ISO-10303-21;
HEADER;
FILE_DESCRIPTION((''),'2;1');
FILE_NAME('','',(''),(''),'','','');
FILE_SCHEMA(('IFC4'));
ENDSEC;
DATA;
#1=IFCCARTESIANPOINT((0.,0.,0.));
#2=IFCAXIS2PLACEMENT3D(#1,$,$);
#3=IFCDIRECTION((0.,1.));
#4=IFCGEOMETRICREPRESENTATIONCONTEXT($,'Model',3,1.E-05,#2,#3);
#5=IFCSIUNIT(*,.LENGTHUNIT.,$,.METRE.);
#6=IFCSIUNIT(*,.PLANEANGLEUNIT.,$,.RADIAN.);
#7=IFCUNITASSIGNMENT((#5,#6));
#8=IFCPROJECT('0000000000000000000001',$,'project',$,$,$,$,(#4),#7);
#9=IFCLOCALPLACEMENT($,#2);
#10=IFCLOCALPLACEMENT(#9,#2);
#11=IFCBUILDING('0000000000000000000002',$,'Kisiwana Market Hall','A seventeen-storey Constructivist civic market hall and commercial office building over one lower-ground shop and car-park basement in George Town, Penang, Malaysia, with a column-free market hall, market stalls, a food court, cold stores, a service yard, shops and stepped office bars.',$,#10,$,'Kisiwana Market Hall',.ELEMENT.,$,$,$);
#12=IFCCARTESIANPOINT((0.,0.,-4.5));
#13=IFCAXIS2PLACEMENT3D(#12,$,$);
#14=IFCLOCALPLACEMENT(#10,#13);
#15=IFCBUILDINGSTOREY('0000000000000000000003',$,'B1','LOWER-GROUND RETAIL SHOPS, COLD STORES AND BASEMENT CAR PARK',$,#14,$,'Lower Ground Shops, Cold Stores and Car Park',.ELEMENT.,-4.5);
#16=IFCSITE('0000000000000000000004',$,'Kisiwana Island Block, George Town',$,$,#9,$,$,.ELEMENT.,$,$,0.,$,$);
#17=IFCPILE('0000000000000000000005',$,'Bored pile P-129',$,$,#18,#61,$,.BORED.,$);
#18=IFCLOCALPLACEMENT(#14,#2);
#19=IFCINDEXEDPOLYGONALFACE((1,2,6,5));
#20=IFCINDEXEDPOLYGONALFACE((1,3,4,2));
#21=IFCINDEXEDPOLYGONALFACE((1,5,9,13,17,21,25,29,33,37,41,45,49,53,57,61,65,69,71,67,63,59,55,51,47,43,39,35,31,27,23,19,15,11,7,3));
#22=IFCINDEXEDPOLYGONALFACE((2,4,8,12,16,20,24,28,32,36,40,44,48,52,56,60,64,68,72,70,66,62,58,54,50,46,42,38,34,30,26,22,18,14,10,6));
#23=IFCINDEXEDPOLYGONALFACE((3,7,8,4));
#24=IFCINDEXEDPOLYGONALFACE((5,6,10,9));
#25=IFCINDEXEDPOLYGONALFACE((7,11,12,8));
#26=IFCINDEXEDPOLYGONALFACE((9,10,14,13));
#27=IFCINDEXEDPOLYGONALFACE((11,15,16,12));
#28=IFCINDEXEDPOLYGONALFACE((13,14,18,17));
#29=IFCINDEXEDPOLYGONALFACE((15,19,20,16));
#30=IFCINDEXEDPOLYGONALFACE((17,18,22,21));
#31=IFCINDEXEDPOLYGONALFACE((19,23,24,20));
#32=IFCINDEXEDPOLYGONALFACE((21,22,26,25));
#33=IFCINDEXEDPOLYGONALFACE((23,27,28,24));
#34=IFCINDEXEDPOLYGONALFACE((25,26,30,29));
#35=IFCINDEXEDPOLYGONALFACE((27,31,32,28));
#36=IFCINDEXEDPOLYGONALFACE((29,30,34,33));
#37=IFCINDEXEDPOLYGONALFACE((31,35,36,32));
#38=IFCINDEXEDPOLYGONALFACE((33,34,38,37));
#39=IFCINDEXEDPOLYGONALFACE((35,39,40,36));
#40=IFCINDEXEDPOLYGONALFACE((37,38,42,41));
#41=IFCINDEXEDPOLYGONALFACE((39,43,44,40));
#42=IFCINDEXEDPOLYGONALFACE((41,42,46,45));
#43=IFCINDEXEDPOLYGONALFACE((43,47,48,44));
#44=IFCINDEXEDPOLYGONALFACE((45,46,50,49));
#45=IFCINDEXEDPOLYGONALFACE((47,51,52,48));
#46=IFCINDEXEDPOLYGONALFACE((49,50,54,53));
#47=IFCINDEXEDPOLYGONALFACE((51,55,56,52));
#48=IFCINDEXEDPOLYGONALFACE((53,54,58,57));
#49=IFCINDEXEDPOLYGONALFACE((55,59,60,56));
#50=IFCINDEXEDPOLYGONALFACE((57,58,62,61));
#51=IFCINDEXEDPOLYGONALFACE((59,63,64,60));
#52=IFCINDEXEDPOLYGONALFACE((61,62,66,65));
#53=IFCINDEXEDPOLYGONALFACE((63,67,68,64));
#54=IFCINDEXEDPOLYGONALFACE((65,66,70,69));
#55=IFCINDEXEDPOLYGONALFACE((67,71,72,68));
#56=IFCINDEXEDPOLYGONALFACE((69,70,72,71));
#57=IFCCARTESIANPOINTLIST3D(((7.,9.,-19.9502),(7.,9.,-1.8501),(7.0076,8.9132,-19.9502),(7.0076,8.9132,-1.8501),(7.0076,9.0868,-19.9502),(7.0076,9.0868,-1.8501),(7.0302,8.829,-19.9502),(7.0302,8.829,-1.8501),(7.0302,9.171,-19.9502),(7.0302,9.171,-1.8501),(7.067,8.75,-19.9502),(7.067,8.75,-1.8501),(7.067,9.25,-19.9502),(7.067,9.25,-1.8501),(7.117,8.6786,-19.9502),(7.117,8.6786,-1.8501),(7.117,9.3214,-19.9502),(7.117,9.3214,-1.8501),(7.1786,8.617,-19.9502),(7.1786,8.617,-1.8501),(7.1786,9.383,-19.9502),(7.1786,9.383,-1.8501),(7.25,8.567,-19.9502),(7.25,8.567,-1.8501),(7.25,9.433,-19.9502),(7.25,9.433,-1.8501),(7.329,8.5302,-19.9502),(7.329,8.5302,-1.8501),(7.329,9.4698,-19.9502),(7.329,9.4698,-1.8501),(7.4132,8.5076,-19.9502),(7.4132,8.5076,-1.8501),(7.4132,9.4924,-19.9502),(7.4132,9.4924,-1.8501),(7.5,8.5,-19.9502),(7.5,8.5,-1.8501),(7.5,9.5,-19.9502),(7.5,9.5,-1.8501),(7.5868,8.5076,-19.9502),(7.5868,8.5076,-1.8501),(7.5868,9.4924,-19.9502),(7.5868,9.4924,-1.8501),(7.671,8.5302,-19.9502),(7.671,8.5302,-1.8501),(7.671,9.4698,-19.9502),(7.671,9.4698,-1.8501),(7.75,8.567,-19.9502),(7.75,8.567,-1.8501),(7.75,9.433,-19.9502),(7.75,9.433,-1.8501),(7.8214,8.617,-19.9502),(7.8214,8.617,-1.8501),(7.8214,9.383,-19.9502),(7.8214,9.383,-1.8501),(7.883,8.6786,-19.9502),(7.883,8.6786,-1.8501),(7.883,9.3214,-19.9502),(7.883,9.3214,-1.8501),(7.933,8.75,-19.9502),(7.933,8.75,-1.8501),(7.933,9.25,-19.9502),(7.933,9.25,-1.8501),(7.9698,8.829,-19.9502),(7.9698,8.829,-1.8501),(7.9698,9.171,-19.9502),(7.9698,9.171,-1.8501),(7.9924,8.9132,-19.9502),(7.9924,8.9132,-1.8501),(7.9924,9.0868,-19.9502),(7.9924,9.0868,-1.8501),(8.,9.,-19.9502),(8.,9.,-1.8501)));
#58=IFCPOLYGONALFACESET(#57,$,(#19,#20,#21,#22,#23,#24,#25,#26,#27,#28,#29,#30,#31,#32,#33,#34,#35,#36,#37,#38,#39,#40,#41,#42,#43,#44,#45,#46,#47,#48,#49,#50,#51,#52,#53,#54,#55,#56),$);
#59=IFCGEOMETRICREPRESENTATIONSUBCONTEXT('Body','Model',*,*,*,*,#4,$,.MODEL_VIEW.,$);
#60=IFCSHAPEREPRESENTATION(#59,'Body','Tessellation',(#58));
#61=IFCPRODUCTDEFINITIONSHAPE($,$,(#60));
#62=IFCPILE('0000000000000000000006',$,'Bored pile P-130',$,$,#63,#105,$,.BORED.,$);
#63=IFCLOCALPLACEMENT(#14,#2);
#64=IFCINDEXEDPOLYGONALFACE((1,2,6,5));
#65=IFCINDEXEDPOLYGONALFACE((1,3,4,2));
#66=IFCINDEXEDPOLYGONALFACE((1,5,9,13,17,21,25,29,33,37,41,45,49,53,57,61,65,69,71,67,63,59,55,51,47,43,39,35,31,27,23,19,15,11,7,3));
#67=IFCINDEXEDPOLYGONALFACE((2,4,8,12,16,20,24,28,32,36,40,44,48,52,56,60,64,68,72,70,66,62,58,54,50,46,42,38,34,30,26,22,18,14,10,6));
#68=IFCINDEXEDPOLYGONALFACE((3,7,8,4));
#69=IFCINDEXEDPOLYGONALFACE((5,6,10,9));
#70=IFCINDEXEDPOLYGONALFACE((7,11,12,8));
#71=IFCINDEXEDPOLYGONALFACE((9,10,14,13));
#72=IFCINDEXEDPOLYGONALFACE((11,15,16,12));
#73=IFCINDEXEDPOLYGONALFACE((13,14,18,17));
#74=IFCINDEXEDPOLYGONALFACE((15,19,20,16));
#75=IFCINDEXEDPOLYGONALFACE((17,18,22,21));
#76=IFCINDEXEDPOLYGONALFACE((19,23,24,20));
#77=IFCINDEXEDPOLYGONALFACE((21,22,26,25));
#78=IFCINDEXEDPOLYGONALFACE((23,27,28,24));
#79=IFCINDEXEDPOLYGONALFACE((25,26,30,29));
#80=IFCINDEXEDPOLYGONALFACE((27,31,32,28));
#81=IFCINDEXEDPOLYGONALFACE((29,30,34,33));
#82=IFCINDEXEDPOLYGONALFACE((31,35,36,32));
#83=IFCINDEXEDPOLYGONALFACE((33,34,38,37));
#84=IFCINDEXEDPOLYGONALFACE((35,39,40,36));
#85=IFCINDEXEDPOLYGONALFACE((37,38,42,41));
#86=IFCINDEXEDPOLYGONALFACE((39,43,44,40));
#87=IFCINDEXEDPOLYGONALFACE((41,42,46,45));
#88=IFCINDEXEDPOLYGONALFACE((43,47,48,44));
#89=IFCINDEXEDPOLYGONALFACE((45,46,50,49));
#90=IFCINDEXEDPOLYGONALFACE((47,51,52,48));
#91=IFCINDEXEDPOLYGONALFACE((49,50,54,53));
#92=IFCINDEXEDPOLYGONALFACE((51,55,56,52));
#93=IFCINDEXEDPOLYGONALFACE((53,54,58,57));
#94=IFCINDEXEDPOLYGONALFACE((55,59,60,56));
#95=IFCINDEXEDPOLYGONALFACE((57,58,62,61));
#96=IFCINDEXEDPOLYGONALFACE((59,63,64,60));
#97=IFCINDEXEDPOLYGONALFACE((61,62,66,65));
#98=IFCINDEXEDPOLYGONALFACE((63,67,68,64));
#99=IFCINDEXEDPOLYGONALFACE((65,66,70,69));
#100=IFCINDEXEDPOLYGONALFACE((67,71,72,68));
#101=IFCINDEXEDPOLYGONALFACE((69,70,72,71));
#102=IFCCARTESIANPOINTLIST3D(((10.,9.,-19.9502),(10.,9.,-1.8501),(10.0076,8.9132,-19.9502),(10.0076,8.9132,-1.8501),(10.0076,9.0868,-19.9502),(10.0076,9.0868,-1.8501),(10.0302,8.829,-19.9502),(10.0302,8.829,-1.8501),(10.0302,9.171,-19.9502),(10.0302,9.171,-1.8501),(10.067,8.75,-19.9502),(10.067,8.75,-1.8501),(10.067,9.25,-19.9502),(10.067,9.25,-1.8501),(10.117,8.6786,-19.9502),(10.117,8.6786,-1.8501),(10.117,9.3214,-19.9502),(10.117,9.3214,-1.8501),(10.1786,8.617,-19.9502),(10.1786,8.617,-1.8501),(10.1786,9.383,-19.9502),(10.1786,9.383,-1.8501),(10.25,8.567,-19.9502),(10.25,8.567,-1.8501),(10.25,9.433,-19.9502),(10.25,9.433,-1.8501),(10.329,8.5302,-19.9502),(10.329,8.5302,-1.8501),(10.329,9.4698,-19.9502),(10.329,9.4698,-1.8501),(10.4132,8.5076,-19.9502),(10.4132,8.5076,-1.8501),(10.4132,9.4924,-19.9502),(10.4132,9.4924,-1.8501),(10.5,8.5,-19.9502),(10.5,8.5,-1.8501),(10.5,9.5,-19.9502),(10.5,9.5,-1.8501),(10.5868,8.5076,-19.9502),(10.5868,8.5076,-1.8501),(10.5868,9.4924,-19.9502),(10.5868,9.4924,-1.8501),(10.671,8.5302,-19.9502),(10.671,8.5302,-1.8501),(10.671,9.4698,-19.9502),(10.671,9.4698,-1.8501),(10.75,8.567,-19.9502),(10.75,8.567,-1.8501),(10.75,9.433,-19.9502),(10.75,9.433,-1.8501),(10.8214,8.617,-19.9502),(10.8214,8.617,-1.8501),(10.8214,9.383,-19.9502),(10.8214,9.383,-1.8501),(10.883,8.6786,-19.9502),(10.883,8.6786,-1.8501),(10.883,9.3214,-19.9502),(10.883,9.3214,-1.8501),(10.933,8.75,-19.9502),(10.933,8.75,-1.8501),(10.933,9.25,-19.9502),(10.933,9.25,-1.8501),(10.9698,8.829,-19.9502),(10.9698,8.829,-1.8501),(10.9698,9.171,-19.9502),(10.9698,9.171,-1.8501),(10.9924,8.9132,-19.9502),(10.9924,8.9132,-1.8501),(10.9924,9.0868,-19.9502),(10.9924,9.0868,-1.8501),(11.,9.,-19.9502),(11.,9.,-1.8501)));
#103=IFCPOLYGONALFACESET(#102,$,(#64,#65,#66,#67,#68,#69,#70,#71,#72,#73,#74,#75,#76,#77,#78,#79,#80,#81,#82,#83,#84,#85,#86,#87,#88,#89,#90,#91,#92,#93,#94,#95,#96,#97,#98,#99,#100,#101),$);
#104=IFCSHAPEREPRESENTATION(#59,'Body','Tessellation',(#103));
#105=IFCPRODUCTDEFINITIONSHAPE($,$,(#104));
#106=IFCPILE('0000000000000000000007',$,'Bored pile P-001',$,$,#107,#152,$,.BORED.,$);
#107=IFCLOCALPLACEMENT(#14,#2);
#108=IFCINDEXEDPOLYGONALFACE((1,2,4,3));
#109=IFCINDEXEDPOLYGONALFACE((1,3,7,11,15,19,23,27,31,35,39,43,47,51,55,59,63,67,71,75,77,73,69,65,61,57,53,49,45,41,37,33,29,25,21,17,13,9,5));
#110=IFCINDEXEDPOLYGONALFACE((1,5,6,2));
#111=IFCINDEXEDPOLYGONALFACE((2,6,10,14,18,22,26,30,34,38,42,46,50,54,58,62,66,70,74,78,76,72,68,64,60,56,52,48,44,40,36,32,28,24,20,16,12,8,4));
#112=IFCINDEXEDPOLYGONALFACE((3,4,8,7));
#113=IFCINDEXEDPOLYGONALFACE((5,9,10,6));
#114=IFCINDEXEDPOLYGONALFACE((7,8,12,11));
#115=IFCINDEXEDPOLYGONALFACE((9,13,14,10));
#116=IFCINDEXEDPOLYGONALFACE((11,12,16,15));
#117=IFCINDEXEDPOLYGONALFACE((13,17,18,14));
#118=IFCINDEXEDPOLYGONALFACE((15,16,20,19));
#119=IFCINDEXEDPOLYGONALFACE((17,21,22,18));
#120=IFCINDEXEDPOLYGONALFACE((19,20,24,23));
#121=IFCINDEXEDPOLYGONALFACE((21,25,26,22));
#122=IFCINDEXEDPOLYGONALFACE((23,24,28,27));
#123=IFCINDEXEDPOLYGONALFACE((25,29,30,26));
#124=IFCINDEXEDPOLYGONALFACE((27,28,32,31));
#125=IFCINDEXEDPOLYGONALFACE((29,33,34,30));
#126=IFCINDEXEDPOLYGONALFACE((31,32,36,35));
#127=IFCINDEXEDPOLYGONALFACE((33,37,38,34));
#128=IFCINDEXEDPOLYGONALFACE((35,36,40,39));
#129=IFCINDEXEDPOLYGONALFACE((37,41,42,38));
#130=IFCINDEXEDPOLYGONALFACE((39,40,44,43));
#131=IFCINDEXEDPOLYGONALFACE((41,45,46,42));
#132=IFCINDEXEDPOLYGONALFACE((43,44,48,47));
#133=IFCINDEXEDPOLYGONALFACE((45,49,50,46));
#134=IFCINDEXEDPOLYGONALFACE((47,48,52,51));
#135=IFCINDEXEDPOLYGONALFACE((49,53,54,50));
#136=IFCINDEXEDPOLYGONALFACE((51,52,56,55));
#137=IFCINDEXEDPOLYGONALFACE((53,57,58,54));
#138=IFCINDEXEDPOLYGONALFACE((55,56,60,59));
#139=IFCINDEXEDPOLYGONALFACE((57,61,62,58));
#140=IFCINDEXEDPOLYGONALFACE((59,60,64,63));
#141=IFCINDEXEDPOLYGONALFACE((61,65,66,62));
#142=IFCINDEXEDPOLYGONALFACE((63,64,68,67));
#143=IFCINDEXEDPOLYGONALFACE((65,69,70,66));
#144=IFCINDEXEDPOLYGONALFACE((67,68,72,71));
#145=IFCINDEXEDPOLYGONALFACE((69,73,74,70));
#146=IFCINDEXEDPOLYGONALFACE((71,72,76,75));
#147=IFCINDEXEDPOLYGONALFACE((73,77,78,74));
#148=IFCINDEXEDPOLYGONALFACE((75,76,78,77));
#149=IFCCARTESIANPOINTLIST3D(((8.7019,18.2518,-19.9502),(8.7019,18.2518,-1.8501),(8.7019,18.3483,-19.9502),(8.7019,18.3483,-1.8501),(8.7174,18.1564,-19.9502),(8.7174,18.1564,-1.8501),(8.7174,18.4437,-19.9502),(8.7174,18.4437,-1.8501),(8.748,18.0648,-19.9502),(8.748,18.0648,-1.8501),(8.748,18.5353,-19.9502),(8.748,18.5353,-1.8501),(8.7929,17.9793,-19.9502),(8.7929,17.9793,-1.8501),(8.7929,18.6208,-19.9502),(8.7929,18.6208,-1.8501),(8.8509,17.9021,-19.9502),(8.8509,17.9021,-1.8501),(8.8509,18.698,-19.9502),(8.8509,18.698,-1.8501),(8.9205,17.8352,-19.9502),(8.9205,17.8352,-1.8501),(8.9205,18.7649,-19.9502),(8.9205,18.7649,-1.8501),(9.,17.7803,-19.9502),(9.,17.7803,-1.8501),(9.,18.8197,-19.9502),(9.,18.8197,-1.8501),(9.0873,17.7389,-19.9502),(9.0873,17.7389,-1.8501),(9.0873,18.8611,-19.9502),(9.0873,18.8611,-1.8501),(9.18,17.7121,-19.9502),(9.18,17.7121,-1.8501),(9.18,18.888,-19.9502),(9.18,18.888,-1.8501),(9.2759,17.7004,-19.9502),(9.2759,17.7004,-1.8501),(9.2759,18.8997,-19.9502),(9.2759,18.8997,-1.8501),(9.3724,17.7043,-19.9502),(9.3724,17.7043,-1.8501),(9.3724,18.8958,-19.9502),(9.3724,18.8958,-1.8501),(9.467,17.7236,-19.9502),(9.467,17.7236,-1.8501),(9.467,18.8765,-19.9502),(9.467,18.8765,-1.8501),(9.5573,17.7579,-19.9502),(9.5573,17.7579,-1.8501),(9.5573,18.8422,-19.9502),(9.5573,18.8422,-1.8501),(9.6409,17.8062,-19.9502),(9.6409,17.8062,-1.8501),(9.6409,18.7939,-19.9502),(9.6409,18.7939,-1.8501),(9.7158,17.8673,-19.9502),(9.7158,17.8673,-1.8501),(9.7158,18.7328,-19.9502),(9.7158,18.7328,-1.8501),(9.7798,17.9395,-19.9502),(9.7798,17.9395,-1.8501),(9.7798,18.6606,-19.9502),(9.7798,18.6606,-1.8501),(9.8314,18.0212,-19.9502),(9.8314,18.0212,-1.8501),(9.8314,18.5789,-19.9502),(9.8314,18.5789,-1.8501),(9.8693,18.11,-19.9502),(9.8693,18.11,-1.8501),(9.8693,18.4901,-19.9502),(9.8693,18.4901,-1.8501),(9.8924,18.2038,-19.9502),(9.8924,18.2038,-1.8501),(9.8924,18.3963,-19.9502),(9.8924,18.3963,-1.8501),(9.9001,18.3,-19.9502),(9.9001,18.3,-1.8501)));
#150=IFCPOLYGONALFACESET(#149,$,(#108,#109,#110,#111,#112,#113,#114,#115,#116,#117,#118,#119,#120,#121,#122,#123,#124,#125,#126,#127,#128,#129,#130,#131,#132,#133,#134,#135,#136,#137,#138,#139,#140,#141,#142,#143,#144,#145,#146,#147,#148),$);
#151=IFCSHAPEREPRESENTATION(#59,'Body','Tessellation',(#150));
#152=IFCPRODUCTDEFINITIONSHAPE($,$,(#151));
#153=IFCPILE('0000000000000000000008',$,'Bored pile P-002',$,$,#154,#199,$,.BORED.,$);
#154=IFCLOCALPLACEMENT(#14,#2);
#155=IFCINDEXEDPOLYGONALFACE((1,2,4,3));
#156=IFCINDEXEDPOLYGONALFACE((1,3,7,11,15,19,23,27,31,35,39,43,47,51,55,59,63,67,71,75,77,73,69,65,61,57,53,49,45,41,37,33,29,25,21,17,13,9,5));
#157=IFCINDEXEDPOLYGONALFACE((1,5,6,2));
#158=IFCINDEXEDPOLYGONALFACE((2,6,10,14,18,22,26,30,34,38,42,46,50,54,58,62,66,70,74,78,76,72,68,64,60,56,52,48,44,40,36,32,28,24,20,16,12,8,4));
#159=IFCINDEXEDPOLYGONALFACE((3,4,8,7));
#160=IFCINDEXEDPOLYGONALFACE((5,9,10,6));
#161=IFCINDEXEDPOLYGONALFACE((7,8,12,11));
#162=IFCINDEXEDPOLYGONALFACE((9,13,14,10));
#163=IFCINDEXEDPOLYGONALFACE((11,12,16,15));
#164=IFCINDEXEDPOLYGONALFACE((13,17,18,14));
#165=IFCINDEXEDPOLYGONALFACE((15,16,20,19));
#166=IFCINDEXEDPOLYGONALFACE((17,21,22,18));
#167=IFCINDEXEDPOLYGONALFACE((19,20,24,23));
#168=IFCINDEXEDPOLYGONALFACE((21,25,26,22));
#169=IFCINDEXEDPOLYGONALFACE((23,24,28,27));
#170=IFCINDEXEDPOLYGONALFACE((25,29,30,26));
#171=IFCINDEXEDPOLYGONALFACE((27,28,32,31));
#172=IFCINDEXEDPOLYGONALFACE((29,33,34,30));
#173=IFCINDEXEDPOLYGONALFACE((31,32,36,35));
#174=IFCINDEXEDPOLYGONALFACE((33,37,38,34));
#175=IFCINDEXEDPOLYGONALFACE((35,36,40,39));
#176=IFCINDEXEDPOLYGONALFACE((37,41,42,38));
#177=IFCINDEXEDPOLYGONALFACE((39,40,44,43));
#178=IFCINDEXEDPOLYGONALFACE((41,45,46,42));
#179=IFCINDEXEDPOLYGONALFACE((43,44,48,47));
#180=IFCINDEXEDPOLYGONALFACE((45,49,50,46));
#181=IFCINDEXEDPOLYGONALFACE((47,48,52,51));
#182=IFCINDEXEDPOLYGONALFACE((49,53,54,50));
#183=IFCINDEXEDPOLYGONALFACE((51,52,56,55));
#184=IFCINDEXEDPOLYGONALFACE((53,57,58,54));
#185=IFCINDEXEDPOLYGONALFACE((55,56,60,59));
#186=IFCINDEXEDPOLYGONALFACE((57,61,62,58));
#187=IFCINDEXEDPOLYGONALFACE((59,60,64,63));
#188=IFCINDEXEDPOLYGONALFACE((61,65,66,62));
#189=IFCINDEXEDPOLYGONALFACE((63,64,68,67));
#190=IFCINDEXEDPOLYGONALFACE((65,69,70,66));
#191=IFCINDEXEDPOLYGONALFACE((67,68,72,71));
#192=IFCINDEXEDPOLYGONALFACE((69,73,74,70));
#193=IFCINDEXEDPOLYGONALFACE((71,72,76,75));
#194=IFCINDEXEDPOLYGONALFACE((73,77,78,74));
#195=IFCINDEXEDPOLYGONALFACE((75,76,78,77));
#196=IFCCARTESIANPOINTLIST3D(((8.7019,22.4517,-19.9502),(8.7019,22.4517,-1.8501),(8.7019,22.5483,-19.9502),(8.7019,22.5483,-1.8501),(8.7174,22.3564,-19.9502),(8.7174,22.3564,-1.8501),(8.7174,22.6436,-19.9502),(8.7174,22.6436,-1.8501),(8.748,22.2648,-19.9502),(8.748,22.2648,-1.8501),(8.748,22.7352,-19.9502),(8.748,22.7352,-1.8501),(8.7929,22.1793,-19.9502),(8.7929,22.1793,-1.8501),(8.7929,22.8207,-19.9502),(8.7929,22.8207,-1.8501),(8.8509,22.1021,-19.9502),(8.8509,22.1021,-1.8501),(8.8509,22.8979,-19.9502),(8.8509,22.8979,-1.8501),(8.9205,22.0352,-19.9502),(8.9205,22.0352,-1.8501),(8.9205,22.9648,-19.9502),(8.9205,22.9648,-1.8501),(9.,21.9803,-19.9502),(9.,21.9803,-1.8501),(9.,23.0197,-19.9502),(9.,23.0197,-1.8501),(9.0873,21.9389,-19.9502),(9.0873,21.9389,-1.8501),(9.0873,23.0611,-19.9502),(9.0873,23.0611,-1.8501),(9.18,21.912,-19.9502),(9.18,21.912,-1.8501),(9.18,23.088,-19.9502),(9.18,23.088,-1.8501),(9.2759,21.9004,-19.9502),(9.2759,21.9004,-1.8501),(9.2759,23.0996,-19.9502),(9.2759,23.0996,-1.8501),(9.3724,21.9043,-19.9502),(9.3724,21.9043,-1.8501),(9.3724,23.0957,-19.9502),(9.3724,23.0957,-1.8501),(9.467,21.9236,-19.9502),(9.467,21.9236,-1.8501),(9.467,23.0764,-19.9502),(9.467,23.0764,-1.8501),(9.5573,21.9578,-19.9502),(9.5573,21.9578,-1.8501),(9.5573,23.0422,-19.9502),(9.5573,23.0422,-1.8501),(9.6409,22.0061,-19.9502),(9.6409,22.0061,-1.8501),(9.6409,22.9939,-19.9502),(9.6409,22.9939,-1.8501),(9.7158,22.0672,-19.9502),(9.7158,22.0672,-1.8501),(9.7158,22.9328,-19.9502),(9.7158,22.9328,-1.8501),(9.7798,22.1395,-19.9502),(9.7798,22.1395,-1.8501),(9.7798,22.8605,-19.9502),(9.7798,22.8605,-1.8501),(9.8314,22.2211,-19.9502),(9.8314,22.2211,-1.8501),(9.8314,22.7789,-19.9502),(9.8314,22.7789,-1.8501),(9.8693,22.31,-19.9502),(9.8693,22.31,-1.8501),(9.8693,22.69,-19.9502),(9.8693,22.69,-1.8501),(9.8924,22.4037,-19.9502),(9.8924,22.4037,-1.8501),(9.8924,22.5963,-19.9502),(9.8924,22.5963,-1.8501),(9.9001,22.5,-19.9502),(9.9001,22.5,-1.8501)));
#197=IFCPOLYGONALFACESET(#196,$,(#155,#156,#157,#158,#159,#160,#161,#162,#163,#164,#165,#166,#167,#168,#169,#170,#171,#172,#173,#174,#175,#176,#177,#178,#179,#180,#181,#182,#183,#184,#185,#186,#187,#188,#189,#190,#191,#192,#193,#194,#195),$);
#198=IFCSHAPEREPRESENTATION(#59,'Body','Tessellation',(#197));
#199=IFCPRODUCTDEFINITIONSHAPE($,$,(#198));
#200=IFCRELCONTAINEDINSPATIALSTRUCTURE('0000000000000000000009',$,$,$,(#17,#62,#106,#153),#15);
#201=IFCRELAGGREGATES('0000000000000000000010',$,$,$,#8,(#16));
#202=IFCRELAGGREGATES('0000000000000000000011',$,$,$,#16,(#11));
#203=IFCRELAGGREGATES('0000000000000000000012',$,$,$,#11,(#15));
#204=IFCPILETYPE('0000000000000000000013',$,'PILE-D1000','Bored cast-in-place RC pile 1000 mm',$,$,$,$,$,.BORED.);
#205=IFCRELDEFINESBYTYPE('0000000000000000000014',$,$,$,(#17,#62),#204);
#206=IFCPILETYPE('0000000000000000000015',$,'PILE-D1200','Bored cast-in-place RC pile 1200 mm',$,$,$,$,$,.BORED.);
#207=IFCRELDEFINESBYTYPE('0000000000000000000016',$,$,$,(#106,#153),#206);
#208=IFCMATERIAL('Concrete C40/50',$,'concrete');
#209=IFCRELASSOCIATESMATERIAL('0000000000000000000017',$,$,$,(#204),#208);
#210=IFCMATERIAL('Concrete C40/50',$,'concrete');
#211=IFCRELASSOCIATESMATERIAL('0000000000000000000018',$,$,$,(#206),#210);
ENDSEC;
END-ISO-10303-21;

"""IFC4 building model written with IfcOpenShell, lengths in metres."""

from ifc_helpers import new_model, si_unit, direction, frame, origin, origin_2d, place, context, subcontext, project, spatial, circle, extrude, material, material_profile, profile_set, type_object, element, save


model = new_model("IFC4")

# Units and contexts
model_context = context("Model", 3, precision=1e-05, world=origin(), true_north=direction((0.0, 1.0)))
body_context = subcontext(model_context, "Body", "Model", "MODEL_VIEW")
ifc_project = project(units=[si_unit("LENGTHUNIT", "METRE"), si_unit("PLANEANGLEUNIT", "RADIAN")], contexts=[model_context])

# Site, building, storey
site_placement = place(None, origin())
site = spatial("IfcSite", under=ifc_project, at=site_placement, Name="Kisiwana Island Block, George Town", CompositionType="ELEMENT", RefElevation=0.0)
building_placement = place(site_placement, origin())
building = spatial("IfcBuilding", under=site, at=building_placement, Name="Kisiwana Market Hall", Description="A seventeen-storey Constructivist civic market hall and commercial office building over one lower-ground shop and car-park basement in George Town, Penang, Malaysia, with a column-free market hall, market stalls, a food court, cold stores, a service yard, shops and stepped office bars.", LongName="Kisiwana Market Hall", CompositionType="ELEMENT")
storey_placement = place(building_placement, frame((0.0, 0.0, -4.5)))
storey = spatial("IfcBuildingStorey", under=building, at=storey_placement, Name="B1", Description="LOWER-GROUND RETAIL SHOPS, COLD STORES AND BASEMENT CAR PARK", LongName="Lower Ground Shops, Cold Stores and Car Park", CompositionType="ELEMENT", Elevation=-4.5)

# Piles
ifc_material_1 = material(Name="Concrete C40/50", Category="concrete")
ifc_material_profile_1 = material_profile(ifc_material_1, circle(Radius=0.5, at=origin_2d()), Name="BP D1000")
ifc_profile_set_1 = profile_set([ifc_material_profile_1], Name="Concrete C40/50")
pile_type_1 = type_object("IfcPileType", Name="PILE-D1000", Description="Bored cast-in-place RC pile 1000 mm", PredefinedType="BORED", material=ifc_profile_set_1)
for number, where, z_axis, x_axis, name in (
    (1, (7.5, 9.0, -1.8501), (0.0, 0.0, -1.0), (1.0, 0.0, 0.0), "Bored pile P-129"),
    (2, (10.5, 9.0, -1.8501), (0.0, 0.0, -1.0), (1.0, 0.0, 0.0), "Bored pile P-130"),
):
    element("IfcPile", number, at=place(storey_placement, frame(where, z_axis=z_axis, x_axis=x_axis)), inside=storey, type_object=pile_type_1, Name=name, PredefinedType="BORED", context=body_context, shape_type="SweptSolid", body=[
        extrude(circle(Radius=0.5, at=origin_2d()), origin(), (0.0, 0.0, 1.0), 18.1001),
    ])
ifc_material_2 = material(Name="Concrete C40/50", Category="concrete")
ifc_material_profile_2 = material_profile(ifc_material_2, circle(Radius=0.6001, at=origin_2d()), Name="BP D1200")
ifc_profile_set_2 = profile_set([ifc_material_profile_2], Name="Concrete C40/50")
pile_type_2 = type_object("IfcPileType", Name="PILE-D1200", Description="Bored cast-in-place RC pile 1200 mm", PredefinedType="BORED", material=ifc_profile_set_2)
for number, where, z_axis, x_axis, name in (
    (3, (9.3, 18.3, -1.8501), (0.0, 0.0, -1.0), (1.0, 0.0, 0.0), "Bored pile P-001"),
    (4, (9.3, 22.5, -1.8501), (0.0, 0.0, -1.0), (1.0, 0.0, 0.0), "Bored pile P-002"),
):
    element("IfcPile", number, at=place(storey_placement, frame(where, z_axis=z_axis, x_axis=x_axis)), inside=storey, type_object=pile_type_2, Name=name, PredefinedType="BORED", context=body_context, shape_type="SweptSolid", body=[
        extrude(circle(Radius=0.6001, at=origin_2d()), origin(), (0.0, 0.0, 1.0), 18.1001),
    ])

save(model, "model.ifc")
